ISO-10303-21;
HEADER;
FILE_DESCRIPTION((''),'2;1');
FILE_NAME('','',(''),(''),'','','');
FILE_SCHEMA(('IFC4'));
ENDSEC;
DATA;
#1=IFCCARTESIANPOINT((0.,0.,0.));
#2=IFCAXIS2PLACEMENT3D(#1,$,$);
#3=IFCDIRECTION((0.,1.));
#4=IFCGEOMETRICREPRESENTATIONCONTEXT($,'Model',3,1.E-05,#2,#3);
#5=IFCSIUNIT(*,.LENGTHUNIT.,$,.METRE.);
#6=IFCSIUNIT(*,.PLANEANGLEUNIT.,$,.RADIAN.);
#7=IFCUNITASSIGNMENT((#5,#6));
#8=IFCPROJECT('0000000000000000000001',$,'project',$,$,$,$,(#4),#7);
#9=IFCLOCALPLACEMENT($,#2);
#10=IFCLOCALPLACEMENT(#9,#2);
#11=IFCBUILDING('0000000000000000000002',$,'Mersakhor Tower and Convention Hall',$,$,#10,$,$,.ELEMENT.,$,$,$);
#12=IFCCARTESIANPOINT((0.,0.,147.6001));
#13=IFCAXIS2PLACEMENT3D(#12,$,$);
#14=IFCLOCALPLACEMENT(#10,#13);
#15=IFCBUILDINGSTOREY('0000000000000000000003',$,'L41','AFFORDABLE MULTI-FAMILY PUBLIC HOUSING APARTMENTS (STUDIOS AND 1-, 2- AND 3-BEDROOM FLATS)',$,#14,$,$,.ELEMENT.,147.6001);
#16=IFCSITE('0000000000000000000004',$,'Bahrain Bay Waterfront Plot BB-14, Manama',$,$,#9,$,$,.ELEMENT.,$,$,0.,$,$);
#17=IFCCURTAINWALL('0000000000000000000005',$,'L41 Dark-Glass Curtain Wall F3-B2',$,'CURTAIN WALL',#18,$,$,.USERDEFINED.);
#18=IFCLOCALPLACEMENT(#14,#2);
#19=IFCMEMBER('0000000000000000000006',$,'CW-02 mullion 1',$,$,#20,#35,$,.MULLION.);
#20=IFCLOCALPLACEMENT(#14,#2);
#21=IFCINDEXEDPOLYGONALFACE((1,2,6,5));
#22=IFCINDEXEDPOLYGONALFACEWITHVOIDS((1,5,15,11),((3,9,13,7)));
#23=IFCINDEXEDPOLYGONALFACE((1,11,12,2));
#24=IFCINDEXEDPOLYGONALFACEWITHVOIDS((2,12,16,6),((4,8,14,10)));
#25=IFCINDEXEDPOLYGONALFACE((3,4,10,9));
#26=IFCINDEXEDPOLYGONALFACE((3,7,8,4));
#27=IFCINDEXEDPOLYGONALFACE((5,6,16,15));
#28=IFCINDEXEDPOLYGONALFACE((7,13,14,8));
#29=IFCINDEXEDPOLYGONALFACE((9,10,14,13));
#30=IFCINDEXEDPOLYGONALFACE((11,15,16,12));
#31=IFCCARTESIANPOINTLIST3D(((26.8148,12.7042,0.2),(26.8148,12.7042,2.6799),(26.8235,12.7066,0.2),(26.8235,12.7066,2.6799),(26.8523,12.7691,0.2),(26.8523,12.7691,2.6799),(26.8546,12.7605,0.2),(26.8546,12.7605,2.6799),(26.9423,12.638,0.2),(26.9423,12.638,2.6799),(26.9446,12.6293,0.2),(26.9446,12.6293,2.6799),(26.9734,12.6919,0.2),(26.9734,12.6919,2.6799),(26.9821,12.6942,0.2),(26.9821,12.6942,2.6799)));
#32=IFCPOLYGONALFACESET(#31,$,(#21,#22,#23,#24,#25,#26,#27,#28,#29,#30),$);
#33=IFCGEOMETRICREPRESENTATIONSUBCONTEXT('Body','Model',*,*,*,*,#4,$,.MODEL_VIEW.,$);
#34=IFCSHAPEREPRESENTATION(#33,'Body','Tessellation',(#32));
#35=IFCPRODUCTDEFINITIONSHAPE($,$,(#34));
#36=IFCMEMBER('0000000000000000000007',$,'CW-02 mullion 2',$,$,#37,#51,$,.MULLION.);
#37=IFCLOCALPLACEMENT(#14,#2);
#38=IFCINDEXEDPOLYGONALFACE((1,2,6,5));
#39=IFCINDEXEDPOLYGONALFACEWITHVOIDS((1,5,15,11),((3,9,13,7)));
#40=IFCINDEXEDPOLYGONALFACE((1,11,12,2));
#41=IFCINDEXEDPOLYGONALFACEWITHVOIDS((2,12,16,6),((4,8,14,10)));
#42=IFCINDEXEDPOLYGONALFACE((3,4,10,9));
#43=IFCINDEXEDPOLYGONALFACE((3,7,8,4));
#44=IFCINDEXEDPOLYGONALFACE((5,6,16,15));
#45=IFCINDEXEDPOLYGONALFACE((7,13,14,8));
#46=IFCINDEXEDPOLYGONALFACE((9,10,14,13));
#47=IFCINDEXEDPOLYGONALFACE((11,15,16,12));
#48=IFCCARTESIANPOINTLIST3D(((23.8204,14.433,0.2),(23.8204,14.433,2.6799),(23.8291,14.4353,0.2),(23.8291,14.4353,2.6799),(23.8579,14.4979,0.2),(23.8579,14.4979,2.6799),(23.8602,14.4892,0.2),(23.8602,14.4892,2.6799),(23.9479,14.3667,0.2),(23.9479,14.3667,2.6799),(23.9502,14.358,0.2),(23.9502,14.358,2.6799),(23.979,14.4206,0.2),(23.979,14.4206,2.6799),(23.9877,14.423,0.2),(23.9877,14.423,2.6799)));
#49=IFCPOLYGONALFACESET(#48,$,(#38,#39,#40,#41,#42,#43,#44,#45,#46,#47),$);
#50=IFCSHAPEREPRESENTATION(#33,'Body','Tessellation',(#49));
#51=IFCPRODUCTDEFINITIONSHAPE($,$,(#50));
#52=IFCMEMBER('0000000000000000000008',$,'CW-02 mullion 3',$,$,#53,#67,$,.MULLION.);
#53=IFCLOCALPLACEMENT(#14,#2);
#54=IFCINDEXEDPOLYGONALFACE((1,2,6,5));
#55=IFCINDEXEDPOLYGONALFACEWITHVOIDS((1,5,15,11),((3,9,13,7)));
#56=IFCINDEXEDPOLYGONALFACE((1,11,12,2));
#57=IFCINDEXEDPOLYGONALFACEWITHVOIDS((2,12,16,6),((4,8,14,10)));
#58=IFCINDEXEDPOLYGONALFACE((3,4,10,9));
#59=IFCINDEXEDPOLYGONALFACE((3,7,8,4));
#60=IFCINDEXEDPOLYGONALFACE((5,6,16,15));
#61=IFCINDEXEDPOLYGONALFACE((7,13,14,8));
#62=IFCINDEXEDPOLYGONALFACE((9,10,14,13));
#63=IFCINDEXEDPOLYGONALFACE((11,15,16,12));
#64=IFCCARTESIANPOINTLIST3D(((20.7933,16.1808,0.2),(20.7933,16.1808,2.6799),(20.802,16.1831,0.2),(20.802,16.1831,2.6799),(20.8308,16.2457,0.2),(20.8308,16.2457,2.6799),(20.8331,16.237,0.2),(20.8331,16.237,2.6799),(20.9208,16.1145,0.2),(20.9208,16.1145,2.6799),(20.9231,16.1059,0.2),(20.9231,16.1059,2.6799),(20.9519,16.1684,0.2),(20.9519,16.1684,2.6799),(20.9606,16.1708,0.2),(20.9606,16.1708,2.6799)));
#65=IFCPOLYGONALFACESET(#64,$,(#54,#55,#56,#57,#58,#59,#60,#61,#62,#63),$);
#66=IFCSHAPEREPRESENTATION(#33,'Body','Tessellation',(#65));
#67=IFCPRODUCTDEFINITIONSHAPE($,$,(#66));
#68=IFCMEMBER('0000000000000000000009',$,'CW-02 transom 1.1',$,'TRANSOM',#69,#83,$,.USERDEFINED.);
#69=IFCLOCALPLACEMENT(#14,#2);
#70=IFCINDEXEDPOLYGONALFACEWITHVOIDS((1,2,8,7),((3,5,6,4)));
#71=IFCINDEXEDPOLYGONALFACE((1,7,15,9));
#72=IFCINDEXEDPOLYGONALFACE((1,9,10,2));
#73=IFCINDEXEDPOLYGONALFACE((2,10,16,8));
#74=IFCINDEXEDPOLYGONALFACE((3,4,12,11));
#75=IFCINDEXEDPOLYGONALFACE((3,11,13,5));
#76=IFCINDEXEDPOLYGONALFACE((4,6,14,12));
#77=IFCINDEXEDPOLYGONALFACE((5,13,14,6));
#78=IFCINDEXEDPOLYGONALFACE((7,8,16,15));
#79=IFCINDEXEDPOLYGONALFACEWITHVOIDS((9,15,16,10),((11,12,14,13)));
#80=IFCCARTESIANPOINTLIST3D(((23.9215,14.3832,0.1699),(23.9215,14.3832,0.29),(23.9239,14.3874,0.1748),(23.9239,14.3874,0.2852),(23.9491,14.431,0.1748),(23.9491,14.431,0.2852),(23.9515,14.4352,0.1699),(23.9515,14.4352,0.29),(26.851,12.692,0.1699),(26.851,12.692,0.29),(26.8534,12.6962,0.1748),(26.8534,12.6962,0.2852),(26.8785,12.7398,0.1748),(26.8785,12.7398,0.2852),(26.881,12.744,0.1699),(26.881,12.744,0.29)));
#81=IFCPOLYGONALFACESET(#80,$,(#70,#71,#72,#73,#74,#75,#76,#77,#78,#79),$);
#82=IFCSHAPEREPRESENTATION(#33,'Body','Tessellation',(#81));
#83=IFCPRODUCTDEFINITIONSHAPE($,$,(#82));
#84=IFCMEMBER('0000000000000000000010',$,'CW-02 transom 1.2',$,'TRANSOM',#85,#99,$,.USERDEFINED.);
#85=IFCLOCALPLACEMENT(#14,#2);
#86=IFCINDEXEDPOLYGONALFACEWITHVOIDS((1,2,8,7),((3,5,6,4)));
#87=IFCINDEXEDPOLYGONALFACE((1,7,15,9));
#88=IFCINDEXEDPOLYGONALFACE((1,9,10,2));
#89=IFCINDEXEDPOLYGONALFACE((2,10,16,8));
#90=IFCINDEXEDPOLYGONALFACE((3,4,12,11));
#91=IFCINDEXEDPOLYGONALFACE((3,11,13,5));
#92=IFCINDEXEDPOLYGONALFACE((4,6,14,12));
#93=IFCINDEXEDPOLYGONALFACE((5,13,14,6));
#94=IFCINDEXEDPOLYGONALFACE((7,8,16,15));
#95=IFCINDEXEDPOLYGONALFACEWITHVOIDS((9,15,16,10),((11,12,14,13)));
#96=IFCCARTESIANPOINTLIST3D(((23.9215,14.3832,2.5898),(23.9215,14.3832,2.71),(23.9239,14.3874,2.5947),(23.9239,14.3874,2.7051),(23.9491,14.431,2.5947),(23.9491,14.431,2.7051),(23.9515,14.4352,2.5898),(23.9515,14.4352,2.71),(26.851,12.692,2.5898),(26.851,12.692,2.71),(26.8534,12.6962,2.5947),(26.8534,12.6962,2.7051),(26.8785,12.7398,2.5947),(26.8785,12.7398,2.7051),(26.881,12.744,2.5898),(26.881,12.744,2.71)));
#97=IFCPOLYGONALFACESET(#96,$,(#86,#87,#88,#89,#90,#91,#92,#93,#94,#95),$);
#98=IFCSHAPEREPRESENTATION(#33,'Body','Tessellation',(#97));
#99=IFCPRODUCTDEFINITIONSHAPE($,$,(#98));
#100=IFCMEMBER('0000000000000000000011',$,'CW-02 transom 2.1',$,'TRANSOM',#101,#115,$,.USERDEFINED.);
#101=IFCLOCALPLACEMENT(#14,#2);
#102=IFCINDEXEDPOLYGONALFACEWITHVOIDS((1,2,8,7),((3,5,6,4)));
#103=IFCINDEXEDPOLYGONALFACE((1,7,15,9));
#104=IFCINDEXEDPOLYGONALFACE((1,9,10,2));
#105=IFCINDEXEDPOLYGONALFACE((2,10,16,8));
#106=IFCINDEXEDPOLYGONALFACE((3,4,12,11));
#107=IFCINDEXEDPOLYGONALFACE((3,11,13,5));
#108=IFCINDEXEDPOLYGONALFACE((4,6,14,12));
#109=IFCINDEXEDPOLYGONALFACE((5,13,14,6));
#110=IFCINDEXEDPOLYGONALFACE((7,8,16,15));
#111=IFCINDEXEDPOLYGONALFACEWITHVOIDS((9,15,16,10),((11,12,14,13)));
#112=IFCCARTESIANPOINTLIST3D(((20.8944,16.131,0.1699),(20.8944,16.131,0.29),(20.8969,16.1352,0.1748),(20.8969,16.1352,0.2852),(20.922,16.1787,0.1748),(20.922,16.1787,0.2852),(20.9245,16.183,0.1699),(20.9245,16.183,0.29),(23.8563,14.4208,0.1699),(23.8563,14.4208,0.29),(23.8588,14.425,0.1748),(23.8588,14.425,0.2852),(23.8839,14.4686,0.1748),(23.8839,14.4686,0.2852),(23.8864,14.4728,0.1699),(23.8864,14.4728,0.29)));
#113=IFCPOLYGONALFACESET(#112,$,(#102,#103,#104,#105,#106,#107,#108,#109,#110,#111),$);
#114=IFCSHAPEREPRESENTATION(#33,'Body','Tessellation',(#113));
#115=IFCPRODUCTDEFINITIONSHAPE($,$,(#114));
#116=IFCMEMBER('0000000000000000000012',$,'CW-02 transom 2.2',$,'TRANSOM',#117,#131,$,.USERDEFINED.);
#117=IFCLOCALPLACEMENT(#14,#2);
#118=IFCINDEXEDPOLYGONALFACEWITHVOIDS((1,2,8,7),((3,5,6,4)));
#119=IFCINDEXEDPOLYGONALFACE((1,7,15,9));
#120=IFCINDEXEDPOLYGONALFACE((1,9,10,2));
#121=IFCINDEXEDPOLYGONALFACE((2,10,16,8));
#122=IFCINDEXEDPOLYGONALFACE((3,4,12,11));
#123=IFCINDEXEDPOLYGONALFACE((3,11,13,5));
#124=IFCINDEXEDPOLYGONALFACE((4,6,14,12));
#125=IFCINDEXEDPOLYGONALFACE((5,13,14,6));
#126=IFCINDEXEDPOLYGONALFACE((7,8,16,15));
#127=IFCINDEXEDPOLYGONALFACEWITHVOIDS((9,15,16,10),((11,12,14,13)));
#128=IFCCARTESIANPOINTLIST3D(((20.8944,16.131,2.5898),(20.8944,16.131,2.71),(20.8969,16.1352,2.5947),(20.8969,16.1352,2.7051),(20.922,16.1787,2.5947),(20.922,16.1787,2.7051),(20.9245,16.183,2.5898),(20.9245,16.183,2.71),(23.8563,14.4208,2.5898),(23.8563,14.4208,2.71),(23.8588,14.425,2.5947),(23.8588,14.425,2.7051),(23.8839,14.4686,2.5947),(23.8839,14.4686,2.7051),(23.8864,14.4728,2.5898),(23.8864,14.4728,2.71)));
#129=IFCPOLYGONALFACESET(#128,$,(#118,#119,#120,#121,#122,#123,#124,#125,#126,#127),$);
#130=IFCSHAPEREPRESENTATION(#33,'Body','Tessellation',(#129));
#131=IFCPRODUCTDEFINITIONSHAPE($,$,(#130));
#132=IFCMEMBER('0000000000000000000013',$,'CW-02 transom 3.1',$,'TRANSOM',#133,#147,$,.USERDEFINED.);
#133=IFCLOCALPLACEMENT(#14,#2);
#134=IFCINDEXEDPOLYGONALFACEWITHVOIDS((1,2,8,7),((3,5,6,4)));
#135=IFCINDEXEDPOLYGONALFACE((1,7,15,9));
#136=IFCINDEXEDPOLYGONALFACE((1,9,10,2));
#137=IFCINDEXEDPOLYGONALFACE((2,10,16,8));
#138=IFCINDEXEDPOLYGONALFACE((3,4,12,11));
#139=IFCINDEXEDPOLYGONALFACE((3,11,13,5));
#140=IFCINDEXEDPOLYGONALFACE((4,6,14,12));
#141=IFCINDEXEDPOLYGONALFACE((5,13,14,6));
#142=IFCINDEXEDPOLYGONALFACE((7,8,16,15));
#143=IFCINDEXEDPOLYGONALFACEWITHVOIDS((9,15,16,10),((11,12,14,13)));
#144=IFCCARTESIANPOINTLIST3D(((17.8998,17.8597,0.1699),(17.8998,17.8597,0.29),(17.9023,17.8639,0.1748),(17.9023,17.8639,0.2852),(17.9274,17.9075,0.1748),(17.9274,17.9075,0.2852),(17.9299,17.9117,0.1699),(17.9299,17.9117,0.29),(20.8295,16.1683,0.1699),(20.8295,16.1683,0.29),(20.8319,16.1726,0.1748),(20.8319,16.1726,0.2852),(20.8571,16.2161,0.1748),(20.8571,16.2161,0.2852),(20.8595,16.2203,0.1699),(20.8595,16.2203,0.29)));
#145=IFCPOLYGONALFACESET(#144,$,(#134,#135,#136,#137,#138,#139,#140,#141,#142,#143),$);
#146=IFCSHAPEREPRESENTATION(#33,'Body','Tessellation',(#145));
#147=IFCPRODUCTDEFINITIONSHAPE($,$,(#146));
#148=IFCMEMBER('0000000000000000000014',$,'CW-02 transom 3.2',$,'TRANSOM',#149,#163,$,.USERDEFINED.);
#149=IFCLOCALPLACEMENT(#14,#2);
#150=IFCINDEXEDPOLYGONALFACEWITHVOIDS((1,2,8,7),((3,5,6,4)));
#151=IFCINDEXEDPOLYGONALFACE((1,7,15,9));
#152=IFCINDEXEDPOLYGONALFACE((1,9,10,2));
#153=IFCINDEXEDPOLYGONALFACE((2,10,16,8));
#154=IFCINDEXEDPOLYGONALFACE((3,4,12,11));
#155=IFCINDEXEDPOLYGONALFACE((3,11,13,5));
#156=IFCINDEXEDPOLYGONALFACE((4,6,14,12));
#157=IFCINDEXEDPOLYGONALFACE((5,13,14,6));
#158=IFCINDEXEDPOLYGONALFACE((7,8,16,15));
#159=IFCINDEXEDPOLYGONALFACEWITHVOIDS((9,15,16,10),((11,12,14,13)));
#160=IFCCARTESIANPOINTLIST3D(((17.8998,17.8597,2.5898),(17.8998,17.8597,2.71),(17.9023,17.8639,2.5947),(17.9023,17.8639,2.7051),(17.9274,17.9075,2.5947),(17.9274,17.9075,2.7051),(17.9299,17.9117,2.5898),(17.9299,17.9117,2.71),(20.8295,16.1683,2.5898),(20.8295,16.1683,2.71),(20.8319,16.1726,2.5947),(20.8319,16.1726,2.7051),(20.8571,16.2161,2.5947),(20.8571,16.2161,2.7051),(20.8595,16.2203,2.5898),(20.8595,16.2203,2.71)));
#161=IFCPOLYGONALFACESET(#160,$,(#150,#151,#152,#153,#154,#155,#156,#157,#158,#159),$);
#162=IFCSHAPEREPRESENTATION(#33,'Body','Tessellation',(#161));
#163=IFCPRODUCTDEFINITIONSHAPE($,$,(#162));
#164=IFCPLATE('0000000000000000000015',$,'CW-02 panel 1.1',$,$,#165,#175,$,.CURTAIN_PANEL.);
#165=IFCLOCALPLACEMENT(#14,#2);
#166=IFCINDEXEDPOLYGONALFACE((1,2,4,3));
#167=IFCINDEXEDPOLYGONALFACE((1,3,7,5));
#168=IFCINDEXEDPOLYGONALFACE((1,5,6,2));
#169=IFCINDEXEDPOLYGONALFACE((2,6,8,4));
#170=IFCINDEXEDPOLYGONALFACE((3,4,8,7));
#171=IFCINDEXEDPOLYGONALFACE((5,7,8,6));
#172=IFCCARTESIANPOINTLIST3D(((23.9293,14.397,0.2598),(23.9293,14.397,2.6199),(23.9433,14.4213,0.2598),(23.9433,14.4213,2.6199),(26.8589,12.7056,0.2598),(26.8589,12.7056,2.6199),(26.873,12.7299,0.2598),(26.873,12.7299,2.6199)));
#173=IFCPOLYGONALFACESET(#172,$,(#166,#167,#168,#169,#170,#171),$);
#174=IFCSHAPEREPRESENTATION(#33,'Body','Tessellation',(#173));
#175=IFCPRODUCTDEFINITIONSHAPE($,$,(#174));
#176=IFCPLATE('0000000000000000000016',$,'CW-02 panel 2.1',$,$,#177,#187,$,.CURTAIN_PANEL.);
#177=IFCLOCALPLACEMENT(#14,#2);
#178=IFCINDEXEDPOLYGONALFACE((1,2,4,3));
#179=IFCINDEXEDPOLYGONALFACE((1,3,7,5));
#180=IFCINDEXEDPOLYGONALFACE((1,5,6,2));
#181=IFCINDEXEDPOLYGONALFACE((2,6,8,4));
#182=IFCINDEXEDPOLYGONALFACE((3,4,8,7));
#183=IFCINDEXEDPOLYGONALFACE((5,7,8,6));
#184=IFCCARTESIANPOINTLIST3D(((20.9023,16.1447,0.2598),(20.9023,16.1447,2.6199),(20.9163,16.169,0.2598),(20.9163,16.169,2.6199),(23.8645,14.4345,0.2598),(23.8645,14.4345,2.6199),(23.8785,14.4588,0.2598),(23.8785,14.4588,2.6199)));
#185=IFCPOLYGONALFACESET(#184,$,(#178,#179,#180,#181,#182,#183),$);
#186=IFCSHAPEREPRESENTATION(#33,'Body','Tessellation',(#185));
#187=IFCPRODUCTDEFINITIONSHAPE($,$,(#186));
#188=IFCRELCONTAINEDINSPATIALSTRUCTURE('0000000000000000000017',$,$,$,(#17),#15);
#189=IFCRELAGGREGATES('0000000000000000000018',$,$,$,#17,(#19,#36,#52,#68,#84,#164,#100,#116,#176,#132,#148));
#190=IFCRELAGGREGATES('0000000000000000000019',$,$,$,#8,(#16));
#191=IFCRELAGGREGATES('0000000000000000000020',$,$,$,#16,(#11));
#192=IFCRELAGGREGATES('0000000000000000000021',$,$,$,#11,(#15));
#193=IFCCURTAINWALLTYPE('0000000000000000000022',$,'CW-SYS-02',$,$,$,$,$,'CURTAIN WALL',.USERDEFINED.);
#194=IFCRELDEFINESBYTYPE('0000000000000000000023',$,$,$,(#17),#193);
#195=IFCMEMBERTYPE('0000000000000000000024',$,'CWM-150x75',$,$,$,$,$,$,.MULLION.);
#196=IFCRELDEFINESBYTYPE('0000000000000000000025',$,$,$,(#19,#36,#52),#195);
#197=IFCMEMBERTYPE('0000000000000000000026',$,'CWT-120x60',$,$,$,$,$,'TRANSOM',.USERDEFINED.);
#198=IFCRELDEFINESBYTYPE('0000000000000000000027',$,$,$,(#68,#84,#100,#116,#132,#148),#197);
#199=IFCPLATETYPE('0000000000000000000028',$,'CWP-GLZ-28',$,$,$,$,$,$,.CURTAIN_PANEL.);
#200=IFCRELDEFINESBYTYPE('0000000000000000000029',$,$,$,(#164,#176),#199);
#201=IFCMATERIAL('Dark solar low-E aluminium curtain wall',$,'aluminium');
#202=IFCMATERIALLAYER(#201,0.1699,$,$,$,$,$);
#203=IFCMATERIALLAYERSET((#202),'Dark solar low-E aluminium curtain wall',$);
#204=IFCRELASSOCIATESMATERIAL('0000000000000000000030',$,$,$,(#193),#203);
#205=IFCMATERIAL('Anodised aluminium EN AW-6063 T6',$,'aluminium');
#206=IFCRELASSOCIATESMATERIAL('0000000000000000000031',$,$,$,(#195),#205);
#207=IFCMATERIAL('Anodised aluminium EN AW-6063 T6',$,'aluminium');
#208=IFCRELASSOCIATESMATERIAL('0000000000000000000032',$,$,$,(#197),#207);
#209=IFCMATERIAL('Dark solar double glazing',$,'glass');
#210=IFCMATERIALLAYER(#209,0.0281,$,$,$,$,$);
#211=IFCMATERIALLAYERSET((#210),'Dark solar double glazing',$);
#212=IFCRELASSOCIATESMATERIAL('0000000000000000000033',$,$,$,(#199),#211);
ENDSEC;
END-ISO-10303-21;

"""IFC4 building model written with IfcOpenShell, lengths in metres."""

from ifc_helpers import new_model, si_unit, direction, frame, origin, origin_2d, place, context, subcontext, project, spatial, rectangle, hollow_rectangle, extrude, material, layer, layer_set, material_profile, profile_set, type_object, element, aggregate, save


model = new_model("IFC4")

# Units and contexts
model_context = context("Model", 3, precision=1e-05, world=origin(), true_north=direction((0.0, 1.0)))
body_context = subcontext(model_context, "Body", "Model", "MODEL_VIEW")
ifc_project = project(units=[si_unit("LENGTHUNIT", "METRE"), si_unit("PLANEANGLEUNIT", "RADIAN")], contexts=[model_context])

# Site, building, storey
site_placement = place(None, origin())
site = spatial("IfcSite", under=ifc_project, at=site_placement, Name="Bahrain Bay Waterfront Plot BB-14, Manama", CompositionType="ELEMENT", RefElevation=0.0)
building_placement = place(site_placement, origin())
building = spatial("IfcBuilding", under=site, at=building_placement, Name="Mersakhor Tower and Convention Hall", CompositionType="ELEMENT")
storey_placement = place(building_placement, frame((0.0, 0.0, 147.6001)))
storey = spatial("IfcBuildingStorey", under=building, at=storey_placement, Name="L41", Description="AFFORDABLE MULTI-FAMILY PUBLIC HOUSING APARTMENTS (STUDIOS AND 1-, 2- AND 3-BEDROOM FLATS)", CompositionType="ELEMENT", Elevation=147.6001)

# Curtain wall, members, plates
ifc_material_1 = material(Name="Dark solar low-E aluminium curtain wall", Category="aluminium")
ifc_layer_1 = layer(ifc_material_1, 0.1699)
ifc_layer_set_1 = layer_set([ifc_layer_1], Name="Dark solar low-E aluminium curtain wall")
curtain_wall_type = type_object("IfcCurtainWallType", Name="CW-SYS-02", ElementType="CURTAIN WALL", PredefinedType="USERDEFINED", material=ifc_layer_set_1)
curtain_wall_placement = place(storey_placement, origin())
curtain_wall = element("IfcCurtainWall", 1, at=curtain_wall_placement, inside=storey, type_object=curtain_wall_type, Name="L41 Dark-Glass Curtain Wall F3-B2", ObjectType="CURTAIN WALL", PredefinedType="USERDEFINED")
ifc_material_2 = material(Name="Anodised aluminium EN AW-6063 T6", Category="aluminium")
ifc_material_profile_1 = material_profile(ifc_material_2, hollow_rectangle(XDim=0.075, YDim=0.1499, WallThickness=0.0063, at=origin_2d()), Name="RHS 150x75x6.3")
ifc_profile_set_1 = profile_set([ifc_material_profile_1], Name="Anodised aluminium EN AW-6063 T6")
member_type_1 = type_object("IfcMemberType", Name="CWM-150x75", PredefinedType="MULLION", material=ifc_profile_set_1)
member_1_placement = place(storey_placement, frame((26.8984, 12.6992, 0.2), z_axis=(0.0, 0.0, 1.0), x_axis=(-0.49999, -0.866031, 0.0)))
member_1 = element("IfcMember", 2, at=member_1_placement, type_object=member_type_1, Name="CW-02 mullion 1", PredefinedType="MULLION", context=body_context, shape_type="SweptSolid", body=[
    extrude(hollow_rectangle(XDim=0.075, YDim=0.1499, WallThickness=0.0063, at=origin_2d()), origin(), (0.0, 0.0, 1.0), 2.48),
])
member_2_placement = place(storey_placement, frame((23.9041, 14.428, 0.2), z_axis=(0.0, 0.0, 1.0), x_axis=(-0.49999, -0.866031, 0.0)))
member_2 = element("IfcMember", 3, at=member_2_placement, type_object=member_type_1, Name="CW-02 mullion 2", PredefinedType="MULLION", context=body_context, shape_type="SweptSolid", body=[
    extrude(hollow_rectangle(XDim=0.075, YDim=0.1499, WallThickness=0.0063, at=origin_2d()), origin(), (0.0, 0.0, 1.0), 2.48),
])
member_3_placement = place(storey_placement, frame((20.877, 16.1758, 0.2), z_axis=(0.0, 0.0, 1.0), x_axis=(-0.49999, -0.866031, 0.0)))
member_3 = element("IfcMember", 4, at=member_3_placement, type_object=member_type_1, Name="CW-02 mullion 3", PredefinedType="MULLION", context=body_context, shape_type="SweptSolid", body=[
    extrude(hollow_rectangle(XDim=0.075, YDim=0.1499, WallThickness=0.0063, at=origin_2d()), origin(), (0.0, 0.0, 1.0), 2.48),
])
ifc_material_3 = material(Name="Anodised aluminium EN AW-6063 T6", Category="aluminium")
ifc_material_profile_2 = material_profile(ifc_material_3, hollow_rectangle(XDim=0.0601, YDim=0.1201, WallThickness=0.0049, at=origin_2d()), Name="RHS 120x60x5")
ifc_profile_set_2 = profile_set([ifc_material_profile_2], Name="Anodised aluminium EN AW-6063 T6")
member_type_2 = type_object("IfcMemberType", Name="CWT-120x60", ElementType="TRANSOM", PredefinedType="USERDEFINED", material=ifc_profile_set_2)
member_4_placement = place(storey_placement, frame((26.866, 12.718, 0.23), z_axis=(-0.866045, 0.499966, 0.0), x_axis=(-0.499966, -0.866045, 0.0)))
member_4 = element("IfcMember", 5, at=member_4_placement, type_object=member_type_2, Name="CW-02 transom 1.1", ObjectType="TRANSOM", PredefinedType="USERDEFINED", context=body_context, shape_type="SweptSolid", body=[
    extrude(hollow_rectangle(XDim=0.0601, YDim=0.1201, WallThickness=0.0049, at=origin_2d()), origin(), (0.0, 0.0, 1.0), 3.3826),
])
member_5_placement = place(storey_placement, frame((26.866, 12.718, 2.6499), z_axis=(-0.866045, 0.499966, 0.0), x_axis=(-0.499966, -0.866045, 0.0)))
member_5 = element("IfcMember", 6, at=member_5_placement, type_object=member_type_2, Name="CW-02 transom 1.2", ObjectType="TRANSOM", PredefinedType="USERDEFINED", context=body_context, shape_type="SweptSolid", body=[
    extrude(hollow_rectangle(XDim=0.0601, YDim=0.1201, WallThickness=0.0049, at=origin_2d()), origin(), (0.0, 0.0, 1.0), 3.3826),
])
member_6_placement = place(storey_placement, frame((23.8713, 14.4468, 0.23), z_axis=(-0.866007, 0.500031, 0.0), x_axis=(-0.500031, -0.866007, 0.0)))
member_6 = element("IfcMember", 7, at=member_6_placement, type_object=member_type_2, Name="CW-02 transom 2.1", ObjectType="TRANSOM", PredefinedType="USERDEFINED", context=body_context, shape_type="SweptSolid", body=[
    extrude(hollow_rectangle(XDim=0.0601, YDim=0.1201, WallThickness=0.0049, at=origin_2d()), origin(), (0.0, 0.0, 1.0), 3.4202),
])
member_7_placement = place(storey_placement, frame((23.8713, 14.4468, 2.6499), z_axis=(-0.866007, 0.500031, 0.0), x_axis=(-0.500031, -0.866007, 0.0)))
member_7 = element("IfcMember", 8, at=member_7_placement, type_object=member_type_2, Name="CW-02 transom 2.2", ObjectType="TRANSOM", PredefinedType="USERDEFINED", context=body_context, shape_type="SweptSolid", body=[
    extrude(hollow_rectangle(XDim=0.0601, YDim=0.1201, WallThickness=0.0049, at=origin_2d()), origin(), (0.0, 0.0, 1.0), 3.4202),
])
member_8_placement = place(storey_placement, frame((20.8445, 16.1943, 0.23), z_axis=(-0.866032, 0.499989, 0.0), x_axis=(-0.499989, -0.866032, 0.0)))
member_8 = element("IfcMember", 9, at=member_8_placement, type_object=member_type_2, Name="CW-02 transom 3.1", ObjectType="TRANSOM", PredefinedType="USERDEFINED", context=body_context, shape_type="SweptSolid", body=[
    extrude(hollow_rectangle(XDim=0.0601, YDim=0.1201, WallThickness=0.0049, at=origin_2d()), origin(), (0.0, 0.0, 1.0), 3.3828),
])
member_9_placement = place(storey_placement, frame((20.8445, 16.1943, 2.6499), z_axis=(-0.866032, 0.499989, 0.0), x_axis=(-0.499989, -0.866032, 0.0)))
member_9 = element("IfcMember", 10, at=member_9_placement, type_object=member_type_2, Name="CW-02 transom 3.2", ObjectType="TRANSOM", PredefinedType="USERDEFINED", context=body_context, shape_type="SweptSolid", body=[
    extrude(hollow_rectangle(XDim=0.0601, YDim=0.1201, WallThickness=0.0049, at=origin_2d()), origin(), (0.0, 0.0, 1.0), 3.3828),
])
ifc_material_4 = material(Name="Dark solar double glazing", Category="glass")
ifc_layer_2 = layer(ifc_material_4, 0.0281)
ifc_layer_set_2 = layer_set([ifc_layer_2], Name="Dark solar double glazing")
plate_type_1 = type_object("IfcPlateType", Name="CWP-GLZ-28", PredefinedType="CURTAIN_PANEL", material=ifc_layer_set_2)
plate_1_placement = place(storey_placement, frame((25.4011, 13.5635, 0.2598), z_axis=(0.0, 0.0, 1.0), x_axis=(-0.866031, 0.49999, 0.0)))
plate_1 = element("IfcPlate", 11, at=plate_1_placement, type_object=plate_type_1, Name="CW-02 panel 1.1", PredefinedType="CURTAIN_PANEL", context=body_context, shape_type="SweptSolid", body=[
    extrude(rectangle(XDim=3.3828, YDim=0.0281, at=origin_2d()), origin(), (0.0, 0.0, 1.0), 2.3601),
])
plate_2_placement = place(storey_placement, frame((22.3904, 15.3018, 0.2598), z_axis=(0.0, 0.0, 1.0), x_axis=(-0.866031, 0.49999, 0.0)))
plate_2 = element("IfcPlate", 12, at=plate_2_placement, type_object=plate_type_1, Name="CW-02 panel 2.1", PredefinedType="CURTAIN_PANEL", context=body_context, shape_type="SweptSolid", body=[
    extrude(rectangle(XDim=3.4204, YDim=0.0281, at=origin_2d()), origin(), (0.0, 0.0, 1.0), 2.3601),
])
aggregate(curtain_wall, [member_1, member_2, member_3, member_4, member_5, plate_1, member_6, member_7, plate_2, member_8, member_9])

save(model, "model.ifc")
